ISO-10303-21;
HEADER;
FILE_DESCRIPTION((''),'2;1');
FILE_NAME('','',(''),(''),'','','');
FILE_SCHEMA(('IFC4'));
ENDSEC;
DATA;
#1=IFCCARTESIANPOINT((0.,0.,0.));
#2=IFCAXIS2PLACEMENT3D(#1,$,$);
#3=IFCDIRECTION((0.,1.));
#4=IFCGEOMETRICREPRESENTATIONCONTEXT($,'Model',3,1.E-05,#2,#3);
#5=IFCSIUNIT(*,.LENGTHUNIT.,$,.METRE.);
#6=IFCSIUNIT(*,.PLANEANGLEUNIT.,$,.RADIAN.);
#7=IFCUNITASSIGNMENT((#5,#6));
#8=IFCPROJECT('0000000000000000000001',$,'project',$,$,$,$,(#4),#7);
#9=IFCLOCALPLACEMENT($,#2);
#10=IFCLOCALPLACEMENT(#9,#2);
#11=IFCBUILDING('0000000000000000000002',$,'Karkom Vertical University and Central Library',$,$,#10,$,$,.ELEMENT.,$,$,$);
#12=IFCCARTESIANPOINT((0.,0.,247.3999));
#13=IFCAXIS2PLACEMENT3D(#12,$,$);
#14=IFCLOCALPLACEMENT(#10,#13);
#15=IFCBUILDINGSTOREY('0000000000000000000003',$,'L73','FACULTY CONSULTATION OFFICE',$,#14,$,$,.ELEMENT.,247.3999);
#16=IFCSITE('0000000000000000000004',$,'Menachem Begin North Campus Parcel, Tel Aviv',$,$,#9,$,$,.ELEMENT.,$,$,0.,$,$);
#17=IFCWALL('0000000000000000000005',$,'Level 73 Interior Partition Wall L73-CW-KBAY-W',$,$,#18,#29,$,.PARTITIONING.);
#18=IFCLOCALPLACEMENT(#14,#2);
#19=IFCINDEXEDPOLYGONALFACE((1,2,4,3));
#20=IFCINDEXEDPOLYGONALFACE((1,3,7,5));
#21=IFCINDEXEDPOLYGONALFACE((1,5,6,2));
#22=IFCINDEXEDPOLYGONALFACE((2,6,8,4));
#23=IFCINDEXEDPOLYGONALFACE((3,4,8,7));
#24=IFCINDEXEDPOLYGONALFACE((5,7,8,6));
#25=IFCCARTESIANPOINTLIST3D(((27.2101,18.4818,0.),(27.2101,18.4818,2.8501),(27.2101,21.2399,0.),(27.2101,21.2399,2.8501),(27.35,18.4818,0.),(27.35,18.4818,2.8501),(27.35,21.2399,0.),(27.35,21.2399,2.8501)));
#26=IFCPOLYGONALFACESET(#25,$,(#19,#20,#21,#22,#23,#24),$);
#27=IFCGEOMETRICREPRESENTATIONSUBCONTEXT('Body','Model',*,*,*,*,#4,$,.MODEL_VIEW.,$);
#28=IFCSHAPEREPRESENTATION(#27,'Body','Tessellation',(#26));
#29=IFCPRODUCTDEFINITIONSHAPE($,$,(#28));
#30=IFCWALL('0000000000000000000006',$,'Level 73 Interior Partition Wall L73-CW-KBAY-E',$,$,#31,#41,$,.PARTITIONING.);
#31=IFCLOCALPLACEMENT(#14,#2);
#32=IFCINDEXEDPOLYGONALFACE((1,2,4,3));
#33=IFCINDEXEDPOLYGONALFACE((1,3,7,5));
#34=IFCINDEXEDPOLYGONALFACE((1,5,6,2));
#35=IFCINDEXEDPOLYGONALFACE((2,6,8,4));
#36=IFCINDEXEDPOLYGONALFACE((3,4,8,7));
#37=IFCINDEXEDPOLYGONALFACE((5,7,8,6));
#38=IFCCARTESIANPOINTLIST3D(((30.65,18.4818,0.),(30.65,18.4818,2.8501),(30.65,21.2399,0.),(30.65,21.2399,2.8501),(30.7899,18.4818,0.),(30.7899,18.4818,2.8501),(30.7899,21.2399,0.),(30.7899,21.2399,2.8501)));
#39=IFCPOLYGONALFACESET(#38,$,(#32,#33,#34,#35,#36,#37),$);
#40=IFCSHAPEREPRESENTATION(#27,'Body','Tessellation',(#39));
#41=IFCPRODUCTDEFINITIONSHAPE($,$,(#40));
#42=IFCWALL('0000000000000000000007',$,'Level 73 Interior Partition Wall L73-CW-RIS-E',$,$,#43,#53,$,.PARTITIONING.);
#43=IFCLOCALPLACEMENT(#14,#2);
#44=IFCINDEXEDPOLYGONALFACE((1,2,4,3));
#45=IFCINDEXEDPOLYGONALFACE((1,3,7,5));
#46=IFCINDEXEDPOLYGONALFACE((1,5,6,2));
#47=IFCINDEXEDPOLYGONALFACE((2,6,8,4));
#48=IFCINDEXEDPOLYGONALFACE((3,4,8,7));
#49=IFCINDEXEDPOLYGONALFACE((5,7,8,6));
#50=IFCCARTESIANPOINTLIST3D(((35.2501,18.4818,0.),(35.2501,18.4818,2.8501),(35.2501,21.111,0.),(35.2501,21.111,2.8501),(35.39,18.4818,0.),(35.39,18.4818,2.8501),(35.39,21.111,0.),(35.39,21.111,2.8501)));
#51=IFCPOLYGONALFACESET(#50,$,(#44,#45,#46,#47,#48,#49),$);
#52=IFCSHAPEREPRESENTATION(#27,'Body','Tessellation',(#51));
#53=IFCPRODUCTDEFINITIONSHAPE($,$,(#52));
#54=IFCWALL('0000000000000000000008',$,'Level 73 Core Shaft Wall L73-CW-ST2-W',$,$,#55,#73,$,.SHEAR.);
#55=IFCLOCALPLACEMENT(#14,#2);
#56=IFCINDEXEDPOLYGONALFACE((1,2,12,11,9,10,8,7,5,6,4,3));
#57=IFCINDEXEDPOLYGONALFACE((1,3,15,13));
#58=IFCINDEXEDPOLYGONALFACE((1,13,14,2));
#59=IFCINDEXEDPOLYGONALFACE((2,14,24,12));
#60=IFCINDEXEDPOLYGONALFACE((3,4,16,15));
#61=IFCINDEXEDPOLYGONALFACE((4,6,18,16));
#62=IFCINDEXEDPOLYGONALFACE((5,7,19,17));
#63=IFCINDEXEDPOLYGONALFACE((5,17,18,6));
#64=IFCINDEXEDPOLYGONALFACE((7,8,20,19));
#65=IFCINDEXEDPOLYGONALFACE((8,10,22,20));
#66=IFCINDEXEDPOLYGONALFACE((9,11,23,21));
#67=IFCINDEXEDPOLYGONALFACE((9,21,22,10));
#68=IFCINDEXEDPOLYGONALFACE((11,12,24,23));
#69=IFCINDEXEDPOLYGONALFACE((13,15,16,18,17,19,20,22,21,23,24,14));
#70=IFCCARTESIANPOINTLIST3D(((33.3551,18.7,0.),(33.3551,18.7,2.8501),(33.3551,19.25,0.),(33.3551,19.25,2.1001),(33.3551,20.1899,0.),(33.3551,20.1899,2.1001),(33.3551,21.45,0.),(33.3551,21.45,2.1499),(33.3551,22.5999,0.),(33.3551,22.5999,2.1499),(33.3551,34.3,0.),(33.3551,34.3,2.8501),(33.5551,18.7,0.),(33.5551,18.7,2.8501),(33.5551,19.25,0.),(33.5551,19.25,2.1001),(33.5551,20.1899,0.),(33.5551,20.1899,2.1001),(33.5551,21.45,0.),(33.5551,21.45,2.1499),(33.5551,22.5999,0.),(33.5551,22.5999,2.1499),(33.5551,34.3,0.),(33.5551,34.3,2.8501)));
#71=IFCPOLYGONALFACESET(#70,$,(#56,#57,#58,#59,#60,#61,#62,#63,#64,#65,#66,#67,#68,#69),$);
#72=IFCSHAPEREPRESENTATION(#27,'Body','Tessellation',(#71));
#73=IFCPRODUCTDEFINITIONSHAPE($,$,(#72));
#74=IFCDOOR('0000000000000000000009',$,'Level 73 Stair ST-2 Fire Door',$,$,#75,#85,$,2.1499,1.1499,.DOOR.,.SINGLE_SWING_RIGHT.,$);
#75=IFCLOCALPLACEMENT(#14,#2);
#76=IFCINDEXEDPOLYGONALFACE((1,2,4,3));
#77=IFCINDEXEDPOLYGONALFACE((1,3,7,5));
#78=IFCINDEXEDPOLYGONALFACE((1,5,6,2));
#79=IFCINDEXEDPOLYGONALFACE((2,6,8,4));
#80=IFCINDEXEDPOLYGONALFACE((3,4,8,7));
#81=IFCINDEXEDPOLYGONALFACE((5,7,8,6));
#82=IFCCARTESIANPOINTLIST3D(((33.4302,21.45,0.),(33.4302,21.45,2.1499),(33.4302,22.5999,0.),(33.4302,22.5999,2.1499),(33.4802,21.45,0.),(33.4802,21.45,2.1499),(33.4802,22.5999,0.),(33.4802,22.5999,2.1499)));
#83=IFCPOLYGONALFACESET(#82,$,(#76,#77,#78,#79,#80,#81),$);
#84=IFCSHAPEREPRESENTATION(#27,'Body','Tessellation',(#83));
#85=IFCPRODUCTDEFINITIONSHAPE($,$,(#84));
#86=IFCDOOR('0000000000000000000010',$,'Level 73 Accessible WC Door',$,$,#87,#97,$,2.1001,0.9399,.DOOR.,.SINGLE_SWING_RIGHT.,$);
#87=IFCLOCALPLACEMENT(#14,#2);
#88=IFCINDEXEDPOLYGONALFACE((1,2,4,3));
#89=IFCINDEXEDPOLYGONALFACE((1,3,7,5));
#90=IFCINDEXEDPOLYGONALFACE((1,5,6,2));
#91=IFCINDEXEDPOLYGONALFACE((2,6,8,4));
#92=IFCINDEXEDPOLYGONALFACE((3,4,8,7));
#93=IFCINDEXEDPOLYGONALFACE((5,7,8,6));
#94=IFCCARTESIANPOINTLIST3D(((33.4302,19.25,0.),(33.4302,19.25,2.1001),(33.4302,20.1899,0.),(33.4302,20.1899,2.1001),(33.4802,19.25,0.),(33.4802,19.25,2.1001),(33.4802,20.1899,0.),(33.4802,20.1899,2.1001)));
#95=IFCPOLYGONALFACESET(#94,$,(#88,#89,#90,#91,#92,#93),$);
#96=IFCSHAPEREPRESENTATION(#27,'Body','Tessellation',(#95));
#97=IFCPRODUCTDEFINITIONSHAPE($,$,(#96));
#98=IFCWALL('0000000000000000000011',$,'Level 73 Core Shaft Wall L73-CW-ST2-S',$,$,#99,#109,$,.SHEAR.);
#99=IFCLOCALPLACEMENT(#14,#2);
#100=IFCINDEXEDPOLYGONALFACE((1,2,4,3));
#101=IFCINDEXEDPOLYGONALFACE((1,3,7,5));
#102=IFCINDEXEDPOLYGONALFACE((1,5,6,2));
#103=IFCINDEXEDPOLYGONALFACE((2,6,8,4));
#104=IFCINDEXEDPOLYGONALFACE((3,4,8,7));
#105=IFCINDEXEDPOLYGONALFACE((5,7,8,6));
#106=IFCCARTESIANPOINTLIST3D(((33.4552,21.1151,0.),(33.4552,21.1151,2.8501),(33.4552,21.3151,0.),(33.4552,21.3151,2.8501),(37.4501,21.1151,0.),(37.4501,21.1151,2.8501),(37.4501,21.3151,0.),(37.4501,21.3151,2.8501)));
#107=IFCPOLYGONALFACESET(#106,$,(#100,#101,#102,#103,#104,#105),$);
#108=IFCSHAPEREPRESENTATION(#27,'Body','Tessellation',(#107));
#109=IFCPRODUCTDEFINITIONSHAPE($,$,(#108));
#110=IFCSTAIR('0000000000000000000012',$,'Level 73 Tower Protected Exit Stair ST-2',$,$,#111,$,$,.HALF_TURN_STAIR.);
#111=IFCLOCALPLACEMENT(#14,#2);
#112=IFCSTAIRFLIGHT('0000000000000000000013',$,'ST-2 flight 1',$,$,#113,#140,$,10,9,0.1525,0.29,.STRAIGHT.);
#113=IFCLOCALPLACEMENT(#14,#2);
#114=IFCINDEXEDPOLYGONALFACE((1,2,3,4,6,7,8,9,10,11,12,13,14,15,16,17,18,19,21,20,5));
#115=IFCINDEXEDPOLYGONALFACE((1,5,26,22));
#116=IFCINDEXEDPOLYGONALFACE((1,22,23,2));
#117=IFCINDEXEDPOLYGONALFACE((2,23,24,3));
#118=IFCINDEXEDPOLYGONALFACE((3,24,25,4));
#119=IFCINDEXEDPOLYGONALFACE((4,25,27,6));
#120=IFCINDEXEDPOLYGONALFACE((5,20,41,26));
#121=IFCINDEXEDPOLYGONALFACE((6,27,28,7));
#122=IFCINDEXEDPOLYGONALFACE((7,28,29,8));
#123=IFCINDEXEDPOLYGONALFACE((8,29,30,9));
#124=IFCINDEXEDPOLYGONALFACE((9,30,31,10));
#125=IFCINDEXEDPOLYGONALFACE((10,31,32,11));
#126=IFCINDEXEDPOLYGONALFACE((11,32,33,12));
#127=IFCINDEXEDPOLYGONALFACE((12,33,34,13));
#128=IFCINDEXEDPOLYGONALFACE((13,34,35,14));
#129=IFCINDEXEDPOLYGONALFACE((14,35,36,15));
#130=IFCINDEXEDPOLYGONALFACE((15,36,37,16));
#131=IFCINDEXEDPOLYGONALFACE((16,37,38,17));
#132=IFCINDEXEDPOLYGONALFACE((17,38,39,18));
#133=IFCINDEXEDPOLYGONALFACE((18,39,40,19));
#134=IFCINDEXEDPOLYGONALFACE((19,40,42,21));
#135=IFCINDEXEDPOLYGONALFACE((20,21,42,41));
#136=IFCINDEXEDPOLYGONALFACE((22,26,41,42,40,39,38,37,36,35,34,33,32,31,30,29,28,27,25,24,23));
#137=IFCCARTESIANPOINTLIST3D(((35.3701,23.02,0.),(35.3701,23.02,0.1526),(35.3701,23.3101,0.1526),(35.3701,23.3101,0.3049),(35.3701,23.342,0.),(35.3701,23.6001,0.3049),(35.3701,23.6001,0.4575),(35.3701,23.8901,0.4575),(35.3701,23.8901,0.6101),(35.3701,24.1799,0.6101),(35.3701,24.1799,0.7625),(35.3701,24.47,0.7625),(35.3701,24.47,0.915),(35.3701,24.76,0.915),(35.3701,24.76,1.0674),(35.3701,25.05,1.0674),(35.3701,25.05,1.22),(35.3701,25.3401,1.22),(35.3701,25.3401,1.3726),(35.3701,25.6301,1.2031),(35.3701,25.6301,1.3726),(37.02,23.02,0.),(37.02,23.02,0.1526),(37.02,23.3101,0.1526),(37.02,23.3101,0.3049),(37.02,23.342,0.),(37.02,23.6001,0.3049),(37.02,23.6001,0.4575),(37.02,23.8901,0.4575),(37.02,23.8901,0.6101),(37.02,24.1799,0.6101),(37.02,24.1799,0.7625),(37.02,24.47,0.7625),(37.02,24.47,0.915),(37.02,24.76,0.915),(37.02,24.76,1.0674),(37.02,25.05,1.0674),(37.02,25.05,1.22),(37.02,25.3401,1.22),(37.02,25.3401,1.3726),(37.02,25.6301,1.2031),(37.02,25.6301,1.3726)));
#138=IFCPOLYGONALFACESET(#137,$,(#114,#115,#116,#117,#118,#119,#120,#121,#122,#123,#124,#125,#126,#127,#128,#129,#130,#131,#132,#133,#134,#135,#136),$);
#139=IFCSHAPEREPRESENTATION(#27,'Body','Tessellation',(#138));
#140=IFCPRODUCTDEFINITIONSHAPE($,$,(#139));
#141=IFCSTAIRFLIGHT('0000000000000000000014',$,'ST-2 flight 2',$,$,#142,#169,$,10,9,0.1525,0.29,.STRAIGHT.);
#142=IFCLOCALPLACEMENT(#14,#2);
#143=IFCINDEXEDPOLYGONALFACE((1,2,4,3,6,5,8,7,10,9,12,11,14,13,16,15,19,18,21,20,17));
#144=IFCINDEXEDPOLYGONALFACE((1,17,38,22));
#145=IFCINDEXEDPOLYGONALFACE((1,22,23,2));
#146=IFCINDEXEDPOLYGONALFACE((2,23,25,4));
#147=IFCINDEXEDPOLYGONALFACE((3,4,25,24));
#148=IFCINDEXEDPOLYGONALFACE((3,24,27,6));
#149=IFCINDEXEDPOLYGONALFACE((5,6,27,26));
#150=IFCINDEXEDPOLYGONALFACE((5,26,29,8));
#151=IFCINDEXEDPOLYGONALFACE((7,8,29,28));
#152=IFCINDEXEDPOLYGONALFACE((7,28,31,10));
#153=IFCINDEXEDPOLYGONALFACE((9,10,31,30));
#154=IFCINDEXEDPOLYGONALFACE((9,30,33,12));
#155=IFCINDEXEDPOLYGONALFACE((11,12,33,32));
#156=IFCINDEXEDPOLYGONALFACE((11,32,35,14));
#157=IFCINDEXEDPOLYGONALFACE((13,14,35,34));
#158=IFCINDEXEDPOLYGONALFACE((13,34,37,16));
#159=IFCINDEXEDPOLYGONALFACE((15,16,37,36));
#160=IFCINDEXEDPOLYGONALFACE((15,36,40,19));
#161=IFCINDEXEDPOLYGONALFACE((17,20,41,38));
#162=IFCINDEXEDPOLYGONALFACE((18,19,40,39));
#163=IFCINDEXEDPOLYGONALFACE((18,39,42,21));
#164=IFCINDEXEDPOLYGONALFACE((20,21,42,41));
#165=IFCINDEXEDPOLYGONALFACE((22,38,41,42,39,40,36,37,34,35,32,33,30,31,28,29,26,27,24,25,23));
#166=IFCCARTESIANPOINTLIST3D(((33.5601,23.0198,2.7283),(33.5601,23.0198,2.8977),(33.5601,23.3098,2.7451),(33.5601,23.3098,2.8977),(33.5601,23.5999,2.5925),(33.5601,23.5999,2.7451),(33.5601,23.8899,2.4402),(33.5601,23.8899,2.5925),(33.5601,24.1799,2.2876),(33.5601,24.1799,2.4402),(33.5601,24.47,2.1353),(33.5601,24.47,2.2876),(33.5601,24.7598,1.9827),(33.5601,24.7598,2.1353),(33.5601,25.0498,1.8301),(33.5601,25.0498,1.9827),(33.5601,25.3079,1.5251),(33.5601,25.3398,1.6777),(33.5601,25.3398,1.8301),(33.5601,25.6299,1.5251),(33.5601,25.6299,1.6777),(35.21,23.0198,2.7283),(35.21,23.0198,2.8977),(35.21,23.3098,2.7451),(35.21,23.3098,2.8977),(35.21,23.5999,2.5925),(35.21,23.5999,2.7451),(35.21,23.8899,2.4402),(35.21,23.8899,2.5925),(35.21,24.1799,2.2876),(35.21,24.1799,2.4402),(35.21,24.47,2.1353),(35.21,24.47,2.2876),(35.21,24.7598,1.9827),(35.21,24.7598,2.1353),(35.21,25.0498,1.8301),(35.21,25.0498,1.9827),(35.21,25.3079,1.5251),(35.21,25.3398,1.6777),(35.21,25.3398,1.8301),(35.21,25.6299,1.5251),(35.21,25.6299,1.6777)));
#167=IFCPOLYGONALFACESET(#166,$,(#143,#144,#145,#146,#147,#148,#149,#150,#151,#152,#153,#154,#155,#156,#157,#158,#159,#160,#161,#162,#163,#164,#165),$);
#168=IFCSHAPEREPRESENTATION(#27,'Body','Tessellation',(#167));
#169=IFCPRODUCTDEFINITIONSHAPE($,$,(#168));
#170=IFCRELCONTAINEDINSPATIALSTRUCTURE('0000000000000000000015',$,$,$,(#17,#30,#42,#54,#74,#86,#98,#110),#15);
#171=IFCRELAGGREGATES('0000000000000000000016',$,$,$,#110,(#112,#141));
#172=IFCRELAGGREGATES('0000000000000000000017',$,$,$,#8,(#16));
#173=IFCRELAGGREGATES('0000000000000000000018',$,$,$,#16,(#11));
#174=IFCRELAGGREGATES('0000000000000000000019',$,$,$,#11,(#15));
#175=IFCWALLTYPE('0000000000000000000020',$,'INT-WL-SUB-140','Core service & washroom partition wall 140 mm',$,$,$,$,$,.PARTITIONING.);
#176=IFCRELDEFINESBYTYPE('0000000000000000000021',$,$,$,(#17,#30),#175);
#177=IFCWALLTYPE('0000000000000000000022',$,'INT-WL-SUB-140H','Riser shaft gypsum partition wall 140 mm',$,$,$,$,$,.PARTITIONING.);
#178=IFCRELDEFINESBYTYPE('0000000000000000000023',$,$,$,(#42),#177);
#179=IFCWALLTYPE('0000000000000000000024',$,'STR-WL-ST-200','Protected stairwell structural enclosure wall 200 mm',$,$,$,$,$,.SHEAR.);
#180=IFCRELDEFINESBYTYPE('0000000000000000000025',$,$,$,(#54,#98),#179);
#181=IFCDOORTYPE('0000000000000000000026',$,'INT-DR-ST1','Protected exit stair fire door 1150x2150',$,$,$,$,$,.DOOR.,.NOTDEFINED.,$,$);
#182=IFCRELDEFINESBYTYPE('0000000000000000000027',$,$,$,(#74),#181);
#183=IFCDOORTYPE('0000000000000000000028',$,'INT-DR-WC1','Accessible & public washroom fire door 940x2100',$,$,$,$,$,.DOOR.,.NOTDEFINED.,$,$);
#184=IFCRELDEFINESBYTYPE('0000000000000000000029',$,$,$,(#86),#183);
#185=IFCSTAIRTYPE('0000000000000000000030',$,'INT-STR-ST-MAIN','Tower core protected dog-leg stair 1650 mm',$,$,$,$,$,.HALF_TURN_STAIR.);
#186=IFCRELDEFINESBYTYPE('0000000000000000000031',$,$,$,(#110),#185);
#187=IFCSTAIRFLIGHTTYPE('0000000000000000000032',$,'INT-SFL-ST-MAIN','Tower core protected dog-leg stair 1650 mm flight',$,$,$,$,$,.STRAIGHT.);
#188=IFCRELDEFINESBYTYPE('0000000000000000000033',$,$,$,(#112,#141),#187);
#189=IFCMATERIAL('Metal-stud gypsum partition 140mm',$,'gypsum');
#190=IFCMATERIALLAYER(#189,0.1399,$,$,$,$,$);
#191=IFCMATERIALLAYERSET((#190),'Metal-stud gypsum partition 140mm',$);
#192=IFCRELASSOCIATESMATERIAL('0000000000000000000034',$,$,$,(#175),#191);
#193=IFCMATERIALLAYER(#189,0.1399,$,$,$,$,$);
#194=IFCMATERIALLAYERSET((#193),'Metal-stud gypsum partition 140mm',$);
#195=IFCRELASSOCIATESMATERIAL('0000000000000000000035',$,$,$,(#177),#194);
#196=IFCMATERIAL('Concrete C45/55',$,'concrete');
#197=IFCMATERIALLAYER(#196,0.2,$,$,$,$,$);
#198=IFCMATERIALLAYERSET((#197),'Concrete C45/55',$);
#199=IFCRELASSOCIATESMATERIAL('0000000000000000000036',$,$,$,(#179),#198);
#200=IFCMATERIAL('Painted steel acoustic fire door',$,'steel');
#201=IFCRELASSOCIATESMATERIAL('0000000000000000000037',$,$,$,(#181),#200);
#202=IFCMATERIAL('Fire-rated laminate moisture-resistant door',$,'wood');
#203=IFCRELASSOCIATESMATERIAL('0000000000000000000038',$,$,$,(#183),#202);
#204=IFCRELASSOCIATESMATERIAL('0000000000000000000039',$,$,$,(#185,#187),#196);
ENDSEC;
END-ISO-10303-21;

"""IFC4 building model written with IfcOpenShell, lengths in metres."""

from ifc_helpers import new_model, si_unit, direction, frame, frame_2d, origin, origin_with_axes, place, context, subcontext, project, spatial, polyline, rectangle, outline, extrude, source, transform, mapped, material, layer, layer_set, type_object, element, fill, aggregate, save


model = new_model("IFC4")

# Units and contexts
model_context = context("Model", 3, precision=1e-05, world=origin(), true_north=direction((0.0, 1.0)))
body_context = subcontext(model_context, "Body", "Model", "MODEL_VIEW")
ifc_project = project(units=[si_unit("LENGTHUNIT", "METRE"), si_unit("PLANEANGLEUNIT", "RADIAN")], contexts=[model_context])

# Site, building, storey
site_placement = place(None, origin())
site = spatial("IfcSite", under=ifc_project, at=site_placement, Name="Menachem Begin North Campus Parcel, Tel Aviv", CompositionType="ELEMENT", RefElevation=0.0)
building_placement = place(site_placement, origin())
building = spatial("IfcBuilding", under=site, at=building_placement, Name="Karkom Vertical University and Central Library", CompositionType="ELEMENT")
storey_placement = place(building_placement, frame((0.0, 0.0, 247.3999)))
storey = spatial("IfcBuildingStorey", under=building, at=storey_placement, Name="L73", Description="FACULTY CONSULTATION OFFICE", CompositionType="ELEMENT", Elevation=247.3999)

# Shared definitions
ifc_material_1 = material(Name="Concrete C45/55", Category="concrete")

# Shared definitions
ifc_material_2 = material(Name="Metal-stud gypsum partition 140mm", Category="gypsum")
ifc_layer_1 = layer(ifc_material_2, 0.1399)
ifc_layer_set_1 = layer_set([ifc_layer_1], Name="Metal-stud gypsum partition 140mm")
wall_type_1 = type_object("IfcWallType", Name="INT-WL-SUB-140", Description="Core service & washroom partition wall 140 mm", PredefinedType="PARTITIONING", material=ifc_layer_set_1)

# Walls
for number, where, z_axis, x_axis, name in (
    (1, (27.28, 18.4819, 0.0), (0.0, 0.0, 1.0), (0.0, 1.0, 0.0), "Level 73 Interior Partition Wall L73-CW-KBAY-W"),
    (2, (30.72, 18.4819, 0.0), (0.0, 0.0, 1.0), (0.0, 1.0, 0.0), "Level 73 Interior Partition Wall L73-CW-KBAY-E"),
):
    element("IfcWall", number, at=place(storey_placement, frame(where, z_axis=z_axis, x_axis=x_axis)), inside=storey, type_object=wall_type_1, Name=name, PredefinedType="PARTITIONING", context=body_context, shape_type="SweptSolid", body=[
        extrude(rectangle(XDim=2.7581, YDim=0.1399, at=frame_2d((1.3789, 0.0))), origin(), (0.0, 0.0, 1.0), 2.8501),
    ])
ifc_layer_2 = layer(ifc_material_2, 0.1399)
ifc_layer_set_2 = layer_set([ifc_layer_2], Name="Metal-stud gypsum partition 140mm")
wall_type_2 = type_object("IfcWallType", Name="INT-WL-SUB-140H", Description="Riser shaft gypsum partition wall 140 mm", PredefinedType="PARTITIONING", material=ifc_layer_set_2)
wall_1_placement = place(storey_placement, frame((35.3201, 18.4819, 0.0), z_axis=(0.0, 0.0, 1.0), x_axis=(0.0, 1.0, 0.0)))
element("IfcWall", 3, at=wall_1_placement, inside=storey, type_object=wall_type_2, Name="Level 73 Interior Partition Wall L73-CW-RIS-E", PredefinedType="PARTITIONING", context=body_context, shape_type="SweptSolid", body=[
    extrude(rectangle(XDim=2.6292, YDim=0.1399, at=frame_2d((1.3145, 0.0))), origin(), (0.0, 0.0, 1.0), 2.8501),
])

# Wall, openings, doors
ifc_layer_3 = layer(ifc_material_1, 0.2)
ifc_layer_set_3 = layer_set([ifc_layer_3], Name="Concrete C45/55")
wall_type_3 = type_object("IfcWallType", Name="STR-WL-ST-200", Description="Protected stairwell structural enclosure wall 200 mm", PredefinedType="SHEAR", material=ifc_layer_set_3)
wall_2_placement = place(storey_placement, frame((33.4551, 18.7, 0.0), z_axis=(0.0, 0.0, 1.0), x_axis=(0.0, 1.0, 0.0)))
wall_2 = element("IfcWall", 4, at=wall_2_placement, inside=storey, type_object=wall_type_3, Name="Level 73 Core Shaft Wall L73-CW-ST2-W", PredefinedType="SHEAR", context=body_context, shape_type="SweptSolid", body=[
    extrude(rectangle(XDim=15.6001, YDim=0.2, at=frame_2d((7.8, 0.0))), origin(), (0.0, 0.0, 1.0), 2.8501),
])
opening_1_placement = place(wall_2_placement, frame((2.75, 0.0, 0.0)))
opening_1 = element("IfcOpeningElement", 5, at=opening_1_placement, cuts=wall_2, PredefinedType="OPENING", context=body_context, shape_type="SweptSolid", body=[
    extrude(rectangle(XDim=1.1499, YDim=2.1499, at=frame_2d((0.575, 1.075))), frame((0.0, 0.1099, 0.0), z_axis=(0.0, -1.0, 0.0), x_axis=(1.0, 0.0, 0.0)), (0.0, 0.0, 1.0), 0.22),
])
opening_2_placement = place(wall_2_placement, frame((0.55, 0.0, 0.0)))
opening_2 = element("IfcOpeningElement", 6, at=opening_2_placement, cuts=wall_2, PredefinedType="OPENING", context=body_context, shape_type="SweptSolid", body=[
    extrude(rectangle(XDim=0.9399, YDim=2.1001, at=frame_2d((0.47, 1.05))), frame((0.0, 0.1099, 0.0), z_axis=(0.0, -1.0, 0.0), x_axis=(1.0, 0.0, 0.0)), (0.0, 0.0, 1.0), 0.22),
])
ifc_material_3 = material(Name="Painted steel acoustic fire door", Category="steel")
door_type_1 = type_object("IfcDoorType", Name="INT-DR-ST1", Description="Protected exit stair fire door 1150x2150", OperationType="NOTDEFINED", PredefinedType="DOOR", material=ifc_material_3)
shared_shape_1 = source(origin_with_axes(), body_context, "Body", "SweptSolid", [
    extrude(rectangle(XDim=1.1499, YDim=2.1499, at=frame_2d((0.575, 1.075))), frame((0.0, 0.0249, 0.0), z_axis=(0.0, -1.0, 0.0), x_axis=(1.0, 0.0, 0.0)), (0.0, 0.0, 1.0), 0.05),
])
door_1_placement = place(opening_1_placement, origin())
door_1 = element("IfcDoor", 7, at=door_1_placement, inside=storey, type_object=door_type_1, Name="Level 73 Stair ST-2 Fire Door", OperationType="SINGLE_SWING_RIGHT", OverallHeight=2.1499, OverallWidth=1.1499, PredefinedType="DOOR", context=body_context, shape_type="MappedRepresentation", body=[
    mapped(shared_shape_1, transform((0.0, 0.0, 0.0), scale=1.0)),
])
fill(opening_1, door_1)
ifc_material_4 = material(Name="Fire-rated laminate moisture-resistant door", Category="wood")
door_type_2 = type_object("IfcDoorType", Name="INT-DR-WC1", Description="Accessible & public washroom fire door 940x2100", OperationType="NOTDEFINED", PredefinedType="DOOR", material=ifc_material_4)
shared_shape_2 = source(origin_with_axes(), body_context, "Body", "SweptSolid", [
    extrude(rectangle(XDim=0.9399, YDim=2.1001, at=frame_2d((0.47, 1.05))), frame((0.0, 0.0249, 0.0), z_axis=(0.0, -1.0, 0.0), x_axis=(1.0, 0.0, 0.0)), (0.0, 0.0, 1.0), 0.05),
])
door_2_placement = place(opening_2_placement, origin())
door_2 = element("IfcDoor", 8, at=door_2_placement, inside=storey, type_object=door_type_2, Name="Level 73 Accessible WC Door", OperationType="SINGLE_SWING_RIGHT", OverallHeight=2.1001, OverallWidth=0.9399, PredefinedType="DOOR", context=body_context, shape_type="MappedRepresentation", body=[
    mapped(shared_shape_2, transform((0.0, 0.0, 0.0), scale=1.0)),
])
fill(opening_2, door_2)

# Wall
wall_3_placement = place(storey_placement, frame((33.4551, 21.2151, 0.0), z_axis=(0.0, 0.0, 1.0), x_axis=(1.0, 0.0, 0.0)))
element("IfcWall", 9, at=wall_3_placement, inside=storey, type_object=wall_type_3, Name="Level 73 Core Shaft Wall L73-CW-ST2-S", PredefinedType="SHEAR", context=body_context, shape_type="SweptSolid", body=[
    extrude(rectangle(XDim=3.9949, YDim=0.2, at=frame_2d((1.9976, 0.0))), origin(), (0.0, 0.0, 1.0), 2.8501),
])

# Stair, stair flights
stair_type = type_object("IfcStairType", Name="INT-STR-ST-MAIN", Description="Tower core protected dog-leg stair 1650 mm", PredefinedType="HALF_TURN_STAIR", material=ifc_material_1)
stair_placement = place(storey_placement, origin())
stair = element("IfcStair", 10, at=stair_placement, inside=storey, type_object=stair_type, Name="Level 73 Tower Protected Exit Stair ST-2", PredefinedType="HALF_TURN_STAIR")
stair_flight_type = type_object("IfcStairFlightType", Name="INT-SFL-ST-MAIN", Description="Tower core protected dog-leg stair 1650 mm flight", PredefinedType="STRAIGHT", material=ifc_material_1)
stair_flight_1_placement = place(storey_placement, frame((36.1951, 23.02, 0.0), z_axis=(0.0, 0.0, 1.0), x_axis=(0.0, 1.0, 0.0)))
stair_flight_1 = element("IfcStairFlight", 11, at=stair_flight_1_placement, type_object=stair_flight_type, Name="ST-2 flight 1", NumberOfRisers=10, NumberOfTreads=9, PredefinedType="STRAIGHT", RiserHeight=0.1525, TreadLength=0.29, context=body_context, shape_type="SweptSolid", body=[
    extrude(outline(polyline([(0.0, 0.0), (0.0, 0.1526), (0.29, 0.1526), (0.29, 0.3049), (0.5801, 0.3049), (0.5801, 0.4575), (0.8701, 0.4575), (0.8701, 0.6101), (1.1599, 0.6101), (1.1599, 0.7625), (1.45, 0.7625), (1.45, 0.915), (1.74, 0.915), (1.74, 1.0674), (2.03, 1.0674), (2.03, 1.22), (2.3201, 1.22), (2.3201, 1.3726), (2.6101, 1.3726), (2.6101, 1.5249), (2.6101, 1.2031), (0.322, 0.0), (0.0, 0.0)])), frame((0.0, 0.825, 0.0), z_axis=(0.0, -1.0, 0.0), x_axis=(1.0, 0.0, 0.0)), (0.0, 0.0, 1.0), 1.6499),
])
stair_flight_2_placement = place(storey_placement, frame((34.385, 25.6299, 1.5251), z_axis=(0.0, 0.0, 1.0), x_axis=(0.0, -1.0, 0.0)))
stair_flight_2 = element("IfcStairFlight", 12, at=stair_flight_2_placement, type_object=stair_flight_type, Name="ST-2 flight 2", NumberOfRisers=10, NumberOfTreads=9, PredefinedType="STRAIGHT", RiserHeight=0.1525, TreadLength=0.29, context=body_context, shape_type="SweptSolid", body=[
    extrude(outline(polyline([(0.0, 0.0), (0.0, 0.1526), (0.29, 0.1526), (0.29, 0.3049), (0.5801, 0.3049), (0.5801, 0.4575), (0.8701, 0.4575), (0.8701, 0.6101), (1.1599, 0.6101), (1.1599, 0.7625), (1.45, 0.7625), (1.45, 0.915), (1.74, 0.915), (1.74, 1.0674), (2.03, 1.0674), (2.03, 1.22), (2.3201, 1.22), (2.3201, 1.3726), (2.6101, 1.3726), (2.6101, 1.5249), (2.6101, 1.2031), (0.322, 0.0), (0.0, 0.0)])), frame((0.0, 0.825, 0.0), z_axis=(0.0, -1.0, 0.0), x_axis=(1.0, 0.0, 0.0)), (0.0, 0.0, 1.0), 1.6499),
])
aggregate(stair, [stair_flight_1, stair_flight_2])

save(model, "model.ifc")
